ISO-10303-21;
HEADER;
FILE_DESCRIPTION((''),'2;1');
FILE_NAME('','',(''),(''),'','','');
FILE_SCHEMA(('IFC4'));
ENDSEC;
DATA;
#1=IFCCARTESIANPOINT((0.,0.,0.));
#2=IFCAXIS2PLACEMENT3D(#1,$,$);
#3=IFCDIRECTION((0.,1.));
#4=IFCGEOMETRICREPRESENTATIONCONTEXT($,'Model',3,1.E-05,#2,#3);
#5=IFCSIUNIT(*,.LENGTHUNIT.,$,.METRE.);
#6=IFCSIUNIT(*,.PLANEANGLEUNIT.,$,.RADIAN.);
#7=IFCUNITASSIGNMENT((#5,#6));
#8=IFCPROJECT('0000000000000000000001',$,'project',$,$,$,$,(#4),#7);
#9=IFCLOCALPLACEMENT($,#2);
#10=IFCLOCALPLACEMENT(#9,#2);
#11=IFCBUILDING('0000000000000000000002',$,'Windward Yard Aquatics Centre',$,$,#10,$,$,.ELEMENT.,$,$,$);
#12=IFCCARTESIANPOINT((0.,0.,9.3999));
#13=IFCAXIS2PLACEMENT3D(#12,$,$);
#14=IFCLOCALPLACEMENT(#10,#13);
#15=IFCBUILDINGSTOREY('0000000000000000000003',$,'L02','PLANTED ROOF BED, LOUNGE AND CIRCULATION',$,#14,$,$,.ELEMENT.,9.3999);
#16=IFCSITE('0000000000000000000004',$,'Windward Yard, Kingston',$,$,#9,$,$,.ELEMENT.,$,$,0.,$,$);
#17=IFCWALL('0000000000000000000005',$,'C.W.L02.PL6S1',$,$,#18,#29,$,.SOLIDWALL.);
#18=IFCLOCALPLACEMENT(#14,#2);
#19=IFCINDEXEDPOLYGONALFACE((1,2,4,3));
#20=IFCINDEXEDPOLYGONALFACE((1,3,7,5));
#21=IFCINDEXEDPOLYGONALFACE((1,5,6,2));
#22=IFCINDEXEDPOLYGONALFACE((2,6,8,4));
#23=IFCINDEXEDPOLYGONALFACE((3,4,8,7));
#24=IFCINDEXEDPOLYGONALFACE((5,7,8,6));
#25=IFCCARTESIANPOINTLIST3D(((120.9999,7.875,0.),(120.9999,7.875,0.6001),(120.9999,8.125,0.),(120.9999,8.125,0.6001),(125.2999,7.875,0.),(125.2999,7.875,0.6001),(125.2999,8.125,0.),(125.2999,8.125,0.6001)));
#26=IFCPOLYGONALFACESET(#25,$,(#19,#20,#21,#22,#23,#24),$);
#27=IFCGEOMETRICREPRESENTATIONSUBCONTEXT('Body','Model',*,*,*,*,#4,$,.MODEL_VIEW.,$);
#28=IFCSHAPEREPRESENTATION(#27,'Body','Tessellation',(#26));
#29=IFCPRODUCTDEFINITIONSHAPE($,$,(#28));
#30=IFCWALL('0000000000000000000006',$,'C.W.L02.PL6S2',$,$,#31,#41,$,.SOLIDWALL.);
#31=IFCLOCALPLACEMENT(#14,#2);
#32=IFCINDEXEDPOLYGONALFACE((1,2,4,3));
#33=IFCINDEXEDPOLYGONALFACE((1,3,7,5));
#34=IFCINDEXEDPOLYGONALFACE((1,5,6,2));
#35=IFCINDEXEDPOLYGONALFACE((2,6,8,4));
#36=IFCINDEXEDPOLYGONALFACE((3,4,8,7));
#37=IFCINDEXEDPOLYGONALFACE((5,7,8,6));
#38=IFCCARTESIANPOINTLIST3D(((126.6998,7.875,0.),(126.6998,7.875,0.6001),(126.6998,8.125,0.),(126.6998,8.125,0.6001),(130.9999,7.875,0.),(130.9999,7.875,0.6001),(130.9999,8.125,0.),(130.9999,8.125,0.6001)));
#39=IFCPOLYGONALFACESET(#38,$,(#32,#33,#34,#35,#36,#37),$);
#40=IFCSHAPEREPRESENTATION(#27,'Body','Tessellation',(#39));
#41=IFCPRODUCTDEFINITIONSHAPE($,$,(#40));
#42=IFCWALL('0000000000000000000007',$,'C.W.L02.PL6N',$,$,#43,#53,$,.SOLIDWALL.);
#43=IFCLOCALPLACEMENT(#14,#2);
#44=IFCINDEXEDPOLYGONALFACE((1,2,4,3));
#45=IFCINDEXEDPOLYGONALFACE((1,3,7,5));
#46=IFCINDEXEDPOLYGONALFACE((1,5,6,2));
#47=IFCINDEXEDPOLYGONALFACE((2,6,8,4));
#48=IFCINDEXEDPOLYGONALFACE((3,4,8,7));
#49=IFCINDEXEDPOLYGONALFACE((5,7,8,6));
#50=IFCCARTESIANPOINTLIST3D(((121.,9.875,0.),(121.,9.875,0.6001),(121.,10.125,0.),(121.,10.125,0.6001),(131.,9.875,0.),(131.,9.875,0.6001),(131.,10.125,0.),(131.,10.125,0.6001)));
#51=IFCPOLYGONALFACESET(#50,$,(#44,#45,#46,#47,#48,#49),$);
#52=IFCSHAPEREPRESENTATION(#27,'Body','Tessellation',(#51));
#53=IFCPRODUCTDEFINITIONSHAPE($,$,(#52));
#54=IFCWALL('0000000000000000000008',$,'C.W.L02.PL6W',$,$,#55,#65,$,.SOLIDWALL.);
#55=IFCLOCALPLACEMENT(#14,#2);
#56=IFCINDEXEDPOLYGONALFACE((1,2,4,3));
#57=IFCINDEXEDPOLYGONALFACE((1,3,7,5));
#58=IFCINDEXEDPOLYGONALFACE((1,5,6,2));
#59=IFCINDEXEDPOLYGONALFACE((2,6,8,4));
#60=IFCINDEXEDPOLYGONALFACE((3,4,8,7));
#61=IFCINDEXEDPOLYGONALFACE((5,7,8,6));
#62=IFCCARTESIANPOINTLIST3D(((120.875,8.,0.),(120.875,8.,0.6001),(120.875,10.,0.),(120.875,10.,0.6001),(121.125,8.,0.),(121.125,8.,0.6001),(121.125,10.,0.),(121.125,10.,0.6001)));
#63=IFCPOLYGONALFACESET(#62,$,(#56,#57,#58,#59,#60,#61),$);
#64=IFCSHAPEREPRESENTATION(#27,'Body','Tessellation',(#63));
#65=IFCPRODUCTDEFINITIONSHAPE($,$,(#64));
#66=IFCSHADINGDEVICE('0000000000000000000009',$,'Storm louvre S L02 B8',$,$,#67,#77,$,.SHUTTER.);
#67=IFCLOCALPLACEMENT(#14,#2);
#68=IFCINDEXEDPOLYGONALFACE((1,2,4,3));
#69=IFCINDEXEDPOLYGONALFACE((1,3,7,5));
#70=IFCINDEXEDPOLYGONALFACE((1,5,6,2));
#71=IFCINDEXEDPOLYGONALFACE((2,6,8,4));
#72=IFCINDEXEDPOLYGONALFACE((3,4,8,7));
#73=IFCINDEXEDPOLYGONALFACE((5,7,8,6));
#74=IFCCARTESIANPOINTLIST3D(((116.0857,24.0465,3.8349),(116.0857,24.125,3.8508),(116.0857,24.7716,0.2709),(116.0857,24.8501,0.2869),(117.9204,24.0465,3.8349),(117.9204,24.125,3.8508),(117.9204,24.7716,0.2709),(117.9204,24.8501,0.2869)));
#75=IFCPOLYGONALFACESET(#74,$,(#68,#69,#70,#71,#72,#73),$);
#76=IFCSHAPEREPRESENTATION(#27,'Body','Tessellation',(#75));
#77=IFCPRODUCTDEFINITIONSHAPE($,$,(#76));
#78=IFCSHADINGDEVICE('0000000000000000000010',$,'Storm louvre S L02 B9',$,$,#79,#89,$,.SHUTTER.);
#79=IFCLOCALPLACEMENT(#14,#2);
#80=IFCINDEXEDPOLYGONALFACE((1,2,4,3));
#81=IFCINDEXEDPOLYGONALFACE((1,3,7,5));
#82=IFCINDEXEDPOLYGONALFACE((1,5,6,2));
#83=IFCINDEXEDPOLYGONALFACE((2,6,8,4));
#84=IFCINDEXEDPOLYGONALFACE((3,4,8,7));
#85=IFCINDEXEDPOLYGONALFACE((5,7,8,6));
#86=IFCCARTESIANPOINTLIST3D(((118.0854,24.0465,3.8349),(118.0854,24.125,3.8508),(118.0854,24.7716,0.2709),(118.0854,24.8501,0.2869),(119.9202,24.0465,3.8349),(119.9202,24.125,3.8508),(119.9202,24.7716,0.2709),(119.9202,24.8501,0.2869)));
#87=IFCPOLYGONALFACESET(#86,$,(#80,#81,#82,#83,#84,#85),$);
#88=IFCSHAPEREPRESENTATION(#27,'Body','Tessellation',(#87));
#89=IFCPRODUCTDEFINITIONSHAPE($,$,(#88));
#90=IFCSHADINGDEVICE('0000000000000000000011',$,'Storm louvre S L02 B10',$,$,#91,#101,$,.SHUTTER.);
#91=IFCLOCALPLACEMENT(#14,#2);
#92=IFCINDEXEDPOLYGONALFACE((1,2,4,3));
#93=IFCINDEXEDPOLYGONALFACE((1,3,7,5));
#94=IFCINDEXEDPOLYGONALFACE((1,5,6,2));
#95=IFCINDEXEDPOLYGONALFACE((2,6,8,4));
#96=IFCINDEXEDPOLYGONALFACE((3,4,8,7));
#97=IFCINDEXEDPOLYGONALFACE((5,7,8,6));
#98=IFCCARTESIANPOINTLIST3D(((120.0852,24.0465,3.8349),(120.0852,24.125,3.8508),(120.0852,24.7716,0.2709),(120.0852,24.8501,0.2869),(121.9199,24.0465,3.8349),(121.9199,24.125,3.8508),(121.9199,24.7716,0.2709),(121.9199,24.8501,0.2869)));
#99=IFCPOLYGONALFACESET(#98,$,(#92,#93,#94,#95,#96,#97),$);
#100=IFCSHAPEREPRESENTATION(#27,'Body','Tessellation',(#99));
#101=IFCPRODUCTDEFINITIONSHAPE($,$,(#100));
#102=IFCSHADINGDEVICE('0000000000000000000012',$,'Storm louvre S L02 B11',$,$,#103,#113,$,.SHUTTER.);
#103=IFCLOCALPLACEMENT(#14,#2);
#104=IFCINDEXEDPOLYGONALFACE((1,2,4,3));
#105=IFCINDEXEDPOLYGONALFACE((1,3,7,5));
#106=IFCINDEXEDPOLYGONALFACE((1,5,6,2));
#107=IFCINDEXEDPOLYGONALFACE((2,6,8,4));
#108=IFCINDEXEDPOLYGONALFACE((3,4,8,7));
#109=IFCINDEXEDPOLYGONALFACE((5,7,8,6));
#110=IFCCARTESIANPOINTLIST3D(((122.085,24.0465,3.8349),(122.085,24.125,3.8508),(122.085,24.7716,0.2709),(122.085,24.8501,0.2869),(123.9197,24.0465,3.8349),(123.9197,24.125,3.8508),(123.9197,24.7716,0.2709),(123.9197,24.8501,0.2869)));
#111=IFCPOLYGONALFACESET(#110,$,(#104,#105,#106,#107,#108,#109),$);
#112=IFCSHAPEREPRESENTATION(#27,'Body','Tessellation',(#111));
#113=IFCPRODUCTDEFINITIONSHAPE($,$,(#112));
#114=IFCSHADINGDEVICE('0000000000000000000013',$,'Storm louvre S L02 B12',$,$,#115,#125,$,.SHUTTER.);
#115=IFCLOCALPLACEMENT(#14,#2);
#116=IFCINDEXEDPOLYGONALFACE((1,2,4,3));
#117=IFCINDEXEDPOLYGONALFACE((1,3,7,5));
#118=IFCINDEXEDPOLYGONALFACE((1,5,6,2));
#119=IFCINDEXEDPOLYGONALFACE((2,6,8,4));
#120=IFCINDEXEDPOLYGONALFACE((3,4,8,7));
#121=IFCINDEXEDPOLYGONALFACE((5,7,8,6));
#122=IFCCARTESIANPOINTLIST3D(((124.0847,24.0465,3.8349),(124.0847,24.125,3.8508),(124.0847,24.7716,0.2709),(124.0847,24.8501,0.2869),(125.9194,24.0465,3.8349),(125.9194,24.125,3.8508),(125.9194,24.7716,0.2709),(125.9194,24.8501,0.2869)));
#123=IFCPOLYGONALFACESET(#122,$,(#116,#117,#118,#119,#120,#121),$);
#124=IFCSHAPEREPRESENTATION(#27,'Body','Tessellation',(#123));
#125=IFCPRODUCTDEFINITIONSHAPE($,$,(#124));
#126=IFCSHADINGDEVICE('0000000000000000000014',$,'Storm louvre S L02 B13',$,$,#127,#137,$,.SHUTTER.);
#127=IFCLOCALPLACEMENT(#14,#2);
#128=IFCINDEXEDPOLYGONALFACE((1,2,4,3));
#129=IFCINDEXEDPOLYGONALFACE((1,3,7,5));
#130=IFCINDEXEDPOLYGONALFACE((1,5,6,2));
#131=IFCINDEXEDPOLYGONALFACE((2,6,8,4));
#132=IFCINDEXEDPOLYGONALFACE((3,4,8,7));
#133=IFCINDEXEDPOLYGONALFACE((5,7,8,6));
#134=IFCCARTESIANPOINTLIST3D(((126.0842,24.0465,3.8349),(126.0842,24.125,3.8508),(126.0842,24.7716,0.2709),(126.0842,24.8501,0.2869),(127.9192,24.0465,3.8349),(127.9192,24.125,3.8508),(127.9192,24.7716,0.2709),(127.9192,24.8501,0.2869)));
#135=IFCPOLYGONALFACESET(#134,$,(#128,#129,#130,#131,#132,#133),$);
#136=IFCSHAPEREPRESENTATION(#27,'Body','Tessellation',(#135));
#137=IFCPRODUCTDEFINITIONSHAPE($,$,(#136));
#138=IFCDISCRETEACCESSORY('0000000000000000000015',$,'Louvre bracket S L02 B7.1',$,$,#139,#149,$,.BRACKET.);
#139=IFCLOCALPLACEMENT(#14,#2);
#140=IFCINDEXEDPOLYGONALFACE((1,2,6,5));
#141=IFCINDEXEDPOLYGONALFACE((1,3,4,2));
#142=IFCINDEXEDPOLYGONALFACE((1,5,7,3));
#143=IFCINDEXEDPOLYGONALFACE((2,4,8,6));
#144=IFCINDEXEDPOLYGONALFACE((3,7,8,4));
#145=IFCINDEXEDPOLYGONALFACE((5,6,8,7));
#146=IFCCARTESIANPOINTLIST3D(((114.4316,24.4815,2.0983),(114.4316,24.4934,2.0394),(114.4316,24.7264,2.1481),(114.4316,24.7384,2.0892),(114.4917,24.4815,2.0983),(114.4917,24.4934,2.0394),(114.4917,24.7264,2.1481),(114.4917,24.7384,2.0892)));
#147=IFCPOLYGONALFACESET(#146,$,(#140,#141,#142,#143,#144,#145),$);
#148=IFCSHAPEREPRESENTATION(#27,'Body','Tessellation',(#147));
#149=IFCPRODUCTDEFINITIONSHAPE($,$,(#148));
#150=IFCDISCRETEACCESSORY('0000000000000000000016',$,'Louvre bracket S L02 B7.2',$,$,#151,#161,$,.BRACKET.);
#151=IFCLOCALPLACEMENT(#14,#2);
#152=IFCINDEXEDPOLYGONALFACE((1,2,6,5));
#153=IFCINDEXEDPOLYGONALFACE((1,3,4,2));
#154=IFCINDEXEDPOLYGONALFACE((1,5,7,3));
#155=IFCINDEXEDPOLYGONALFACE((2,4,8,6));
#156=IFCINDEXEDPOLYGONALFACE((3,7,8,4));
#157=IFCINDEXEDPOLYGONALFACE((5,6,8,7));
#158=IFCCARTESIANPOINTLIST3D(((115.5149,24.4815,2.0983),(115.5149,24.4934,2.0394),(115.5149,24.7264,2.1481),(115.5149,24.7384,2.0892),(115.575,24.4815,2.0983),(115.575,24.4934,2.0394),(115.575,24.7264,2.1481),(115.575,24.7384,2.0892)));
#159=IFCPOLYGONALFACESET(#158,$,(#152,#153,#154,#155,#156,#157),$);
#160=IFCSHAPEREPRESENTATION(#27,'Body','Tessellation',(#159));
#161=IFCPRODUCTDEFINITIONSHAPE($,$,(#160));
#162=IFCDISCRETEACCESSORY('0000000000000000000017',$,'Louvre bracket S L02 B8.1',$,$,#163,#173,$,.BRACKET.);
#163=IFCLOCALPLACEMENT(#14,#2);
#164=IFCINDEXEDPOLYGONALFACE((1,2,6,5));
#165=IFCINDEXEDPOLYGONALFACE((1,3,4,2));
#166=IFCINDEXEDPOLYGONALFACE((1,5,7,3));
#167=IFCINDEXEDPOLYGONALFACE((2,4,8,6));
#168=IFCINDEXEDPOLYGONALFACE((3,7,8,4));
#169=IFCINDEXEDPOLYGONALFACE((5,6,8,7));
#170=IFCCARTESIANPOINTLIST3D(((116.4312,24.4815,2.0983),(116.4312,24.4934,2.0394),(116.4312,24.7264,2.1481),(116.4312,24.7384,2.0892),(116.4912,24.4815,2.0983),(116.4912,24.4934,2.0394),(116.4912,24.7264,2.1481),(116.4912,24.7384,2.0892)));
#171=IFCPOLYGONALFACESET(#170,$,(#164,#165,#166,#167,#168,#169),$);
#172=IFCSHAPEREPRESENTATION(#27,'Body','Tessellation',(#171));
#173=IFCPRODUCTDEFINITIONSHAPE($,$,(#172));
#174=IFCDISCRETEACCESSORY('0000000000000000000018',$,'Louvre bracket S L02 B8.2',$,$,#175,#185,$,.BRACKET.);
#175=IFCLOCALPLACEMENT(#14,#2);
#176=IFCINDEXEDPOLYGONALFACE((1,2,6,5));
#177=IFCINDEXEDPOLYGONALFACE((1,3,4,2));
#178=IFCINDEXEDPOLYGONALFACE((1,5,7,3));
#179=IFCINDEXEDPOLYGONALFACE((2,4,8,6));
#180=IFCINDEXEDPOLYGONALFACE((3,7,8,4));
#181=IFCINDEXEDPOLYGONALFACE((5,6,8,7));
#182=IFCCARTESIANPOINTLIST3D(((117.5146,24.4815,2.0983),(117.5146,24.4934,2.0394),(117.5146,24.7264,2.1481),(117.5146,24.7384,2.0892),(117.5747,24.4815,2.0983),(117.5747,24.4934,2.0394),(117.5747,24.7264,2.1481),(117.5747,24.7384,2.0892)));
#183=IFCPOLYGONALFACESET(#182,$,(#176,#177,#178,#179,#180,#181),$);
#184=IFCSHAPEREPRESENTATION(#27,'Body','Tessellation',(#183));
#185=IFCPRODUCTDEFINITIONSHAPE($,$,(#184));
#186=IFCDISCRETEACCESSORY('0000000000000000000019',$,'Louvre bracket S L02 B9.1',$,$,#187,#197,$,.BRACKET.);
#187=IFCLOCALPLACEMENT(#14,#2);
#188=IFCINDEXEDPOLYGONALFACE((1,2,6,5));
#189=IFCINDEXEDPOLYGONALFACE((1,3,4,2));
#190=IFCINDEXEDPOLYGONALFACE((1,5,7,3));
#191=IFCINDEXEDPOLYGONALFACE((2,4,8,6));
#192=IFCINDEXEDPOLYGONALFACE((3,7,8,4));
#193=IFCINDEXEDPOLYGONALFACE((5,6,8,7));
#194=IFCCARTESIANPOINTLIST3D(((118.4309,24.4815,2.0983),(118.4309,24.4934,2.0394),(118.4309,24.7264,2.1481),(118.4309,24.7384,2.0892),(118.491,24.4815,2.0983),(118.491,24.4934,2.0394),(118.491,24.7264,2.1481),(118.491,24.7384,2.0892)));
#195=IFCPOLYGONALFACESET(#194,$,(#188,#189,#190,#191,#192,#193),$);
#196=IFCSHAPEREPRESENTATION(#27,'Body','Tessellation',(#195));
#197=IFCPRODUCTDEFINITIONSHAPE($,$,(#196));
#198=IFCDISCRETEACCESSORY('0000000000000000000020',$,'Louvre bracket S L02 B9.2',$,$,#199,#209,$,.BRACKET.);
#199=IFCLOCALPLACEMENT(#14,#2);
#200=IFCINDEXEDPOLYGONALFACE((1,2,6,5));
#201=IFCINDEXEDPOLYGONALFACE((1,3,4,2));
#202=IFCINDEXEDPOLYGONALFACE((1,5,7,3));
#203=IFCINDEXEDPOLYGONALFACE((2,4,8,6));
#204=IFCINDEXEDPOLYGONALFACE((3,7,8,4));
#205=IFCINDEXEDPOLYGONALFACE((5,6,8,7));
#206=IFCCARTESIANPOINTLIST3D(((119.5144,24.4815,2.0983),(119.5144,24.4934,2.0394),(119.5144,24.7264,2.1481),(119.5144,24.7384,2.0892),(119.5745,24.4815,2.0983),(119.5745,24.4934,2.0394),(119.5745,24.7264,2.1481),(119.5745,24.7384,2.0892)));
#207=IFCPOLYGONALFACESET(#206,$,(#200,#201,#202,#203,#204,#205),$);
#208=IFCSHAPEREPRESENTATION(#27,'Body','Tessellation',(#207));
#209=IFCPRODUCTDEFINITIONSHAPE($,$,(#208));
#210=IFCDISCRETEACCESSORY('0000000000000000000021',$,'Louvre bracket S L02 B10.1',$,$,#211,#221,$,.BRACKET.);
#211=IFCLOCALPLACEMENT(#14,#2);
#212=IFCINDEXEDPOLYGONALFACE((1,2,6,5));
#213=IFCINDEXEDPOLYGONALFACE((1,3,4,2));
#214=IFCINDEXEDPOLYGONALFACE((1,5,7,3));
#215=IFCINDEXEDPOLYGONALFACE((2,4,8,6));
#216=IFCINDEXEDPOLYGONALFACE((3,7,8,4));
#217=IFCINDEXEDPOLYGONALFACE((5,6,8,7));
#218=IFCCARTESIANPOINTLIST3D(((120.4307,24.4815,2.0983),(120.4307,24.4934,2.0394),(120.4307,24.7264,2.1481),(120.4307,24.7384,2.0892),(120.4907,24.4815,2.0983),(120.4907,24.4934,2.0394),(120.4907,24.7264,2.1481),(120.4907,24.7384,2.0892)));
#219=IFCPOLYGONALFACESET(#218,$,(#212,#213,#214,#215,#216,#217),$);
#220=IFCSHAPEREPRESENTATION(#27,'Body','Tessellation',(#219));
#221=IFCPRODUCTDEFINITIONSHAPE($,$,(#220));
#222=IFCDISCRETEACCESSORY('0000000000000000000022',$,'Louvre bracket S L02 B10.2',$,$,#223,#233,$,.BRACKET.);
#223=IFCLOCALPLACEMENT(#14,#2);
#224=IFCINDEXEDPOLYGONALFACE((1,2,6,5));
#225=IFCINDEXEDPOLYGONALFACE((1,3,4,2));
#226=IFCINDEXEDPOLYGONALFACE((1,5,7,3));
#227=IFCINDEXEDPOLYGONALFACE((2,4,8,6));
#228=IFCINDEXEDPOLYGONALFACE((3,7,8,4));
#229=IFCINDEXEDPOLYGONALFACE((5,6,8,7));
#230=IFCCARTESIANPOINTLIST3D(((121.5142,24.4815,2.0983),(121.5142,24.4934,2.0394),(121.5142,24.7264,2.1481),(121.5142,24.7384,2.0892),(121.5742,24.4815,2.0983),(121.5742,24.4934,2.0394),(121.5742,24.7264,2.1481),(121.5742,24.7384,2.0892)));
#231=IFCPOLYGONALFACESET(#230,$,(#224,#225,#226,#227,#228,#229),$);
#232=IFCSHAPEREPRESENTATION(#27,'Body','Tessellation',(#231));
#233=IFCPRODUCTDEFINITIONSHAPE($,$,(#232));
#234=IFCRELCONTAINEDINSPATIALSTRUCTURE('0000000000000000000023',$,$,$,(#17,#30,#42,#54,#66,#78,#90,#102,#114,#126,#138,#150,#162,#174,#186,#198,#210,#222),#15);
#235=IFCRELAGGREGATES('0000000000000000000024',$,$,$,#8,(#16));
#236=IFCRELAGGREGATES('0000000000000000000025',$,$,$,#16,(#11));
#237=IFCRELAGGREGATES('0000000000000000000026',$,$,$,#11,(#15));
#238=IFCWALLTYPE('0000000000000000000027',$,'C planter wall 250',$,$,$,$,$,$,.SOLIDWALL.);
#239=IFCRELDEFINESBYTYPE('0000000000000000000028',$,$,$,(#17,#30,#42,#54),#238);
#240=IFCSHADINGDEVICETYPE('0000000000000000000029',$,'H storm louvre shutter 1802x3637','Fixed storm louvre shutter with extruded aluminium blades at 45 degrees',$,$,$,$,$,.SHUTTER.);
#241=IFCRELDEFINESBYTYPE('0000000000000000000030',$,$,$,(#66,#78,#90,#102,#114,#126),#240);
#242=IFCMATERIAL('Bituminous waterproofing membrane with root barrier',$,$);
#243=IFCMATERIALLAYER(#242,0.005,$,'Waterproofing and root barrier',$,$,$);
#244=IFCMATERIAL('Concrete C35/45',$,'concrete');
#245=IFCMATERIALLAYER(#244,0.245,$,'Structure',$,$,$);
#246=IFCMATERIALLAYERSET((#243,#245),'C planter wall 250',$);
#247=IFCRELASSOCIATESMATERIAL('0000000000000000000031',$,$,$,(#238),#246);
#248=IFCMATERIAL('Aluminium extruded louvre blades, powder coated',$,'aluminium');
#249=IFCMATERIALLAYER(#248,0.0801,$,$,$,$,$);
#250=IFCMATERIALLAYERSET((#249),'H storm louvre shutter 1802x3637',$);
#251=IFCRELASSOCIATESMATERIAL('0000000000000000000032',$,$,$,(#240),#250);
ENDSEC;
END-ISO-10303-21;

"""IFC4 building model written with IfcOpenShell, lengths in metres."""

from ifc_helpers import new_model, si_unit, direction, frame, frame_2d, origin, origin_2d, place, context, subcontext, project, spatial, polyline, rectangle, outline, extrude, material, layer, layer_set, type_object, element, save


model = new_model("IFC4")

# Units and contexts
model_context = context("Model", 3, precision=1e-05, world=origin(), true_north=direction((0.0, 1.0)))
body_context = subcontext(model_context, "Body", "Model", "MODEL_VIEW")
ifc_project = project(units=[si_unit("LENGTHUNIT", "METRE"), si_unit("PLANEANGLEUNIT", "RADIAN")], contexts=[model_context])

# Site, building, storey
site_placement = place(None, origin())
site = spatial("IfcSite", under=ifc_project, at=site_placement, Name="Windward Yard, Kingston", CompositionType="ELEMENT", RefElevation=0.0)
building_placement = place(site_placement, origin())
building = spatial("IfcBuilding", under=site, at=building_placement, Name="Windward Yard Aquatics Centre", CompositionType="ELEMENT")
storey_placement = place(building_placement, frame((0.0, 0.0, 9.3999)))
storey = spatial("IfcBuildingStorey", under=building, at=storey_placement, Name="L02", Description="PLANTED ROOF BED, LOUNGE AND CIRCULATION", CompositionType="ELEMENT", Elevation=9.3999)

# Walls
ifc_material_1 = material(Name="Bituminous waterproofing membrane with root barrier")
ifc_layer_1 = layer(ifc_material_1, 0.005, Name="Waterproofing and root barrier")
ifc_material_2 = material(Name="Concrete C35/45", Category="concrete")
ifc_layer_2 = layer(ifc_material_2, 0.245, Name="Structure")
ifc_layer_set_1 = layer_set([ifc_layer_1, ifc_layer_2], Name="C planter wall 250")
wall_type = type_object("IfcWallType", Name="C planter wall 250", PredefinedType="SOLIDWALL", material=ifc_layer_set_1)
for number, where, z_axis, x_axis, name in (
    (1, (121.0, 8.0, 0.0), (0.0, 0.0, 1.0), (1.0, 0.0, 0.0), "C.W.L02.PL6S1"),
    (2, (126.7, 8.0, 0.0), (0.0, 0.0, 1.0), (1.0, 0.0, 0.0), "C.W.L02.PL6S2"),
):
    element("IfcWall", number, at=place(storey_placement, frame(where, z_axis=z_axis, x_axis=x_axis)), inside=storey, type_object=wall_type, Name=name, PredefinedType="SOLIDWALL", context=body_context, shape_type="SweptSolid", body=[
        extrude(rectangle(XDim=4.3, YDim=0.25, at=frame_2d((2.1499, 0.0))), origin(), (0.0, 0.0, 1.0), 0.6001),
    ])
wall_1_placement = place(storey_placement, frame((121.0, 10.0, 0.0), z_axis=(0.0, 0.0, 1.0), x_axis=(1.0, 0.0, 0.0)))
element("IfcWall", 3, at=wall_1_placement, inside=storey, type_object=wall_type, Name="C.W.L02.PL6N", PredefinedType="SOLIDWALL", context=body_context, shape_type="SweptSolid", body=[
    extrude(rectangle(XDim=10.0, YDim=0.25, at=frame_2d((5.0, 0.0))), origin(), (0.0, 0.0, 1.0), 0.6001),
])
wall_2_placement = place(storey_placement, frame((121.0, 8.0, 0.0), z_axis=(0.0, 0.0, 1.0), x_axis=(0.0, 1.0, 0.0)))
element("IfcWall", 4, at=wall_2_placement, inside=storey, type_object=wall_type, Name="C.W.L02.PL6W", PredefinedType="SOLIDWALL", context=body_context, shape_type="SweptSolid", body=[
    extrude(rectangle(XDim=2.0, YDim=0.25, at=frame_2d((1.0, 0.0))), origin(), (0.0, 0.0, 1.0), 0.6001),
])

# Shading devices
ifc_material_3 = material(Name="Aluminium extruded louvre blades, powder coated", Category="aluminium")
ifc_layer_3 = layer(ifc_material_3, 0.0801)
ifc_layer_set_2 = layer_set([ifc_layer_3], Name="H storm louvre shutter 1802x3637")
shading_device_type = type_object("IfcShadingDeviceType", Name="H storm louvre shutter 1802x3637", Description="Fixed storm louvre shutter with extruded aluminium blades at 45 degrees", PredefinedType="SHUTTER", material=ifc_layer_set_2)
for number, where, z_axis, x_axis, name in (
    (5, (116.0857, 24.125, 3.8508), (0.0, 0.979925, 0.199368), (0.0, 0.199368, -0.979925), "Storm louvre S L02 B8"),
    (6, (118.0854, 24.125, 3.8508), (0.0, 0.979925, 0.199368), (0.0, 0.199368, -0.979925), "Storm louvre S L02 B9"),
    (7, (120.0852, 24.125, 3.8508), (0.0, 0.979925, 0.199368), (0.0, 0.199368, -0.979925), "Storm louvre S L02 B10"),
    (8, (122.085, 24.125, 3.8508), (0.0, 0.979925, 0.199368), (0.0, 0.199368, -0.979925), "Storm louvre S L02 B11"),
    (9, (124.0847, 24.125, 3.8508), (0.0, 0.979925, 0.199368), (0.0, 0.199368, -0.979925), "Storm louvre S L02 B12"),
):
    element("IfcShadingDevice", number, at=place(storey_placement, frame(where, z_axis=z_axis, x_axis=x_axis)), inside=storey, type_object=shading_device_type, Name=name, PredefinedType="SHUTTER", context=body_context, shape_type="SweptSolid", body=[
        extrude(outline(polyline([(0.0, 0.0), (3.637, 0.0), (3.637, -1.8347), (0.0, -1.8347), (0.0, 0.0)])), origin(), (0.0, 0.0, -1.0), 0.0801),
    ])
shading_device_placement = place(storey_placement, frame((126.0842, 24.125, 3.8508), z_axis=(0.0, 0.979925, 0.199368), x_axis=(0.0, 0.199368, -0.979925)))
element("IfcShadingDevice", 10, at=shading_device_placement, inside=storey, type_object=shading_device_type, Name="Storm louvre S L02 B13", PredefinedType="SHUTTER", context=body_context, shape_type="SweptSolid", body=[
    extrude(outline(polyline([(0.0, 0.0), (3.637, 0.0), (3.637, -1.835), (0.0, -1.835), (0.0, 0.0)])), origin(), (0.0, 0.0, -1.0), 0.0801),
])

# Discrete accessories
for number, where, z_axis, x_axis, name in (
    (11, (114.4617, 24.7324, 2.1187), (0.0, -0.979937, -0.199309), (1.0, 0.0, 0.0), "Louvre bracket S L02 B7.1"),
    (12, (115.5449, 24.7324, 2.1187), (0.0, -0.979937, -0.199309), (1.0, 0.0, 0.0), "Louvre bracket S L02 B7.2"),
    (13, (116.4612, 24.7324, 2.1187), (0.0, -0.979937, -0.199309), (1.0, 0.0, 0.0), "Louvre bracket S L02 B8.1"),
    (14, (117.5447, 24.7324, 2.1187), (0.0, -0.979937, -0.199309), (1.0, 0.0, 0.0), "Louvre bracket S L02 B8.2"),
    (15, (118.4609, 24.7324, 2.1187), (0.0, -0.979937, -0.199309), (1.0, 0.0, 0.0), "Louvre bracket S L02 B9.1"),
    (16, (119.5444, 24.7324, 2.1187), (0.0, -0.979937, -0.199309), (1.0, 0.0, 0.0), "Louvre bracket S L02 B9.2"),
    (17, (120.4607, 24.7324, 2.1187), (0.0, -0.979937, -0.199309), (1.0, 0.0, 0.0), "Louvre bracket S L02 B10.1"),
    (18, (121.5442, 24.7324, 2.1187), (0.0, -0.979937, -0.199309), (1.0, 0.0, 0.0), "Louvre bracket S L02 B10.2"),
):
    element("IfcDiscreteAccessory", number, at=place(storey_placement, frame(where, z_axis=z_axis, x_axis=x_axis)), inside=storey, Name=name, PredefinedType="BRACKET", context=body_context, shape_type="SweptSolid", body=[
        extrude(rectangle(XDim=0.0601, YDim=0.0601, at=origin_2d()), origin(), (0.0, 0.0, 1.0), 0.25),
    ])

save(model, "model.ifc")
